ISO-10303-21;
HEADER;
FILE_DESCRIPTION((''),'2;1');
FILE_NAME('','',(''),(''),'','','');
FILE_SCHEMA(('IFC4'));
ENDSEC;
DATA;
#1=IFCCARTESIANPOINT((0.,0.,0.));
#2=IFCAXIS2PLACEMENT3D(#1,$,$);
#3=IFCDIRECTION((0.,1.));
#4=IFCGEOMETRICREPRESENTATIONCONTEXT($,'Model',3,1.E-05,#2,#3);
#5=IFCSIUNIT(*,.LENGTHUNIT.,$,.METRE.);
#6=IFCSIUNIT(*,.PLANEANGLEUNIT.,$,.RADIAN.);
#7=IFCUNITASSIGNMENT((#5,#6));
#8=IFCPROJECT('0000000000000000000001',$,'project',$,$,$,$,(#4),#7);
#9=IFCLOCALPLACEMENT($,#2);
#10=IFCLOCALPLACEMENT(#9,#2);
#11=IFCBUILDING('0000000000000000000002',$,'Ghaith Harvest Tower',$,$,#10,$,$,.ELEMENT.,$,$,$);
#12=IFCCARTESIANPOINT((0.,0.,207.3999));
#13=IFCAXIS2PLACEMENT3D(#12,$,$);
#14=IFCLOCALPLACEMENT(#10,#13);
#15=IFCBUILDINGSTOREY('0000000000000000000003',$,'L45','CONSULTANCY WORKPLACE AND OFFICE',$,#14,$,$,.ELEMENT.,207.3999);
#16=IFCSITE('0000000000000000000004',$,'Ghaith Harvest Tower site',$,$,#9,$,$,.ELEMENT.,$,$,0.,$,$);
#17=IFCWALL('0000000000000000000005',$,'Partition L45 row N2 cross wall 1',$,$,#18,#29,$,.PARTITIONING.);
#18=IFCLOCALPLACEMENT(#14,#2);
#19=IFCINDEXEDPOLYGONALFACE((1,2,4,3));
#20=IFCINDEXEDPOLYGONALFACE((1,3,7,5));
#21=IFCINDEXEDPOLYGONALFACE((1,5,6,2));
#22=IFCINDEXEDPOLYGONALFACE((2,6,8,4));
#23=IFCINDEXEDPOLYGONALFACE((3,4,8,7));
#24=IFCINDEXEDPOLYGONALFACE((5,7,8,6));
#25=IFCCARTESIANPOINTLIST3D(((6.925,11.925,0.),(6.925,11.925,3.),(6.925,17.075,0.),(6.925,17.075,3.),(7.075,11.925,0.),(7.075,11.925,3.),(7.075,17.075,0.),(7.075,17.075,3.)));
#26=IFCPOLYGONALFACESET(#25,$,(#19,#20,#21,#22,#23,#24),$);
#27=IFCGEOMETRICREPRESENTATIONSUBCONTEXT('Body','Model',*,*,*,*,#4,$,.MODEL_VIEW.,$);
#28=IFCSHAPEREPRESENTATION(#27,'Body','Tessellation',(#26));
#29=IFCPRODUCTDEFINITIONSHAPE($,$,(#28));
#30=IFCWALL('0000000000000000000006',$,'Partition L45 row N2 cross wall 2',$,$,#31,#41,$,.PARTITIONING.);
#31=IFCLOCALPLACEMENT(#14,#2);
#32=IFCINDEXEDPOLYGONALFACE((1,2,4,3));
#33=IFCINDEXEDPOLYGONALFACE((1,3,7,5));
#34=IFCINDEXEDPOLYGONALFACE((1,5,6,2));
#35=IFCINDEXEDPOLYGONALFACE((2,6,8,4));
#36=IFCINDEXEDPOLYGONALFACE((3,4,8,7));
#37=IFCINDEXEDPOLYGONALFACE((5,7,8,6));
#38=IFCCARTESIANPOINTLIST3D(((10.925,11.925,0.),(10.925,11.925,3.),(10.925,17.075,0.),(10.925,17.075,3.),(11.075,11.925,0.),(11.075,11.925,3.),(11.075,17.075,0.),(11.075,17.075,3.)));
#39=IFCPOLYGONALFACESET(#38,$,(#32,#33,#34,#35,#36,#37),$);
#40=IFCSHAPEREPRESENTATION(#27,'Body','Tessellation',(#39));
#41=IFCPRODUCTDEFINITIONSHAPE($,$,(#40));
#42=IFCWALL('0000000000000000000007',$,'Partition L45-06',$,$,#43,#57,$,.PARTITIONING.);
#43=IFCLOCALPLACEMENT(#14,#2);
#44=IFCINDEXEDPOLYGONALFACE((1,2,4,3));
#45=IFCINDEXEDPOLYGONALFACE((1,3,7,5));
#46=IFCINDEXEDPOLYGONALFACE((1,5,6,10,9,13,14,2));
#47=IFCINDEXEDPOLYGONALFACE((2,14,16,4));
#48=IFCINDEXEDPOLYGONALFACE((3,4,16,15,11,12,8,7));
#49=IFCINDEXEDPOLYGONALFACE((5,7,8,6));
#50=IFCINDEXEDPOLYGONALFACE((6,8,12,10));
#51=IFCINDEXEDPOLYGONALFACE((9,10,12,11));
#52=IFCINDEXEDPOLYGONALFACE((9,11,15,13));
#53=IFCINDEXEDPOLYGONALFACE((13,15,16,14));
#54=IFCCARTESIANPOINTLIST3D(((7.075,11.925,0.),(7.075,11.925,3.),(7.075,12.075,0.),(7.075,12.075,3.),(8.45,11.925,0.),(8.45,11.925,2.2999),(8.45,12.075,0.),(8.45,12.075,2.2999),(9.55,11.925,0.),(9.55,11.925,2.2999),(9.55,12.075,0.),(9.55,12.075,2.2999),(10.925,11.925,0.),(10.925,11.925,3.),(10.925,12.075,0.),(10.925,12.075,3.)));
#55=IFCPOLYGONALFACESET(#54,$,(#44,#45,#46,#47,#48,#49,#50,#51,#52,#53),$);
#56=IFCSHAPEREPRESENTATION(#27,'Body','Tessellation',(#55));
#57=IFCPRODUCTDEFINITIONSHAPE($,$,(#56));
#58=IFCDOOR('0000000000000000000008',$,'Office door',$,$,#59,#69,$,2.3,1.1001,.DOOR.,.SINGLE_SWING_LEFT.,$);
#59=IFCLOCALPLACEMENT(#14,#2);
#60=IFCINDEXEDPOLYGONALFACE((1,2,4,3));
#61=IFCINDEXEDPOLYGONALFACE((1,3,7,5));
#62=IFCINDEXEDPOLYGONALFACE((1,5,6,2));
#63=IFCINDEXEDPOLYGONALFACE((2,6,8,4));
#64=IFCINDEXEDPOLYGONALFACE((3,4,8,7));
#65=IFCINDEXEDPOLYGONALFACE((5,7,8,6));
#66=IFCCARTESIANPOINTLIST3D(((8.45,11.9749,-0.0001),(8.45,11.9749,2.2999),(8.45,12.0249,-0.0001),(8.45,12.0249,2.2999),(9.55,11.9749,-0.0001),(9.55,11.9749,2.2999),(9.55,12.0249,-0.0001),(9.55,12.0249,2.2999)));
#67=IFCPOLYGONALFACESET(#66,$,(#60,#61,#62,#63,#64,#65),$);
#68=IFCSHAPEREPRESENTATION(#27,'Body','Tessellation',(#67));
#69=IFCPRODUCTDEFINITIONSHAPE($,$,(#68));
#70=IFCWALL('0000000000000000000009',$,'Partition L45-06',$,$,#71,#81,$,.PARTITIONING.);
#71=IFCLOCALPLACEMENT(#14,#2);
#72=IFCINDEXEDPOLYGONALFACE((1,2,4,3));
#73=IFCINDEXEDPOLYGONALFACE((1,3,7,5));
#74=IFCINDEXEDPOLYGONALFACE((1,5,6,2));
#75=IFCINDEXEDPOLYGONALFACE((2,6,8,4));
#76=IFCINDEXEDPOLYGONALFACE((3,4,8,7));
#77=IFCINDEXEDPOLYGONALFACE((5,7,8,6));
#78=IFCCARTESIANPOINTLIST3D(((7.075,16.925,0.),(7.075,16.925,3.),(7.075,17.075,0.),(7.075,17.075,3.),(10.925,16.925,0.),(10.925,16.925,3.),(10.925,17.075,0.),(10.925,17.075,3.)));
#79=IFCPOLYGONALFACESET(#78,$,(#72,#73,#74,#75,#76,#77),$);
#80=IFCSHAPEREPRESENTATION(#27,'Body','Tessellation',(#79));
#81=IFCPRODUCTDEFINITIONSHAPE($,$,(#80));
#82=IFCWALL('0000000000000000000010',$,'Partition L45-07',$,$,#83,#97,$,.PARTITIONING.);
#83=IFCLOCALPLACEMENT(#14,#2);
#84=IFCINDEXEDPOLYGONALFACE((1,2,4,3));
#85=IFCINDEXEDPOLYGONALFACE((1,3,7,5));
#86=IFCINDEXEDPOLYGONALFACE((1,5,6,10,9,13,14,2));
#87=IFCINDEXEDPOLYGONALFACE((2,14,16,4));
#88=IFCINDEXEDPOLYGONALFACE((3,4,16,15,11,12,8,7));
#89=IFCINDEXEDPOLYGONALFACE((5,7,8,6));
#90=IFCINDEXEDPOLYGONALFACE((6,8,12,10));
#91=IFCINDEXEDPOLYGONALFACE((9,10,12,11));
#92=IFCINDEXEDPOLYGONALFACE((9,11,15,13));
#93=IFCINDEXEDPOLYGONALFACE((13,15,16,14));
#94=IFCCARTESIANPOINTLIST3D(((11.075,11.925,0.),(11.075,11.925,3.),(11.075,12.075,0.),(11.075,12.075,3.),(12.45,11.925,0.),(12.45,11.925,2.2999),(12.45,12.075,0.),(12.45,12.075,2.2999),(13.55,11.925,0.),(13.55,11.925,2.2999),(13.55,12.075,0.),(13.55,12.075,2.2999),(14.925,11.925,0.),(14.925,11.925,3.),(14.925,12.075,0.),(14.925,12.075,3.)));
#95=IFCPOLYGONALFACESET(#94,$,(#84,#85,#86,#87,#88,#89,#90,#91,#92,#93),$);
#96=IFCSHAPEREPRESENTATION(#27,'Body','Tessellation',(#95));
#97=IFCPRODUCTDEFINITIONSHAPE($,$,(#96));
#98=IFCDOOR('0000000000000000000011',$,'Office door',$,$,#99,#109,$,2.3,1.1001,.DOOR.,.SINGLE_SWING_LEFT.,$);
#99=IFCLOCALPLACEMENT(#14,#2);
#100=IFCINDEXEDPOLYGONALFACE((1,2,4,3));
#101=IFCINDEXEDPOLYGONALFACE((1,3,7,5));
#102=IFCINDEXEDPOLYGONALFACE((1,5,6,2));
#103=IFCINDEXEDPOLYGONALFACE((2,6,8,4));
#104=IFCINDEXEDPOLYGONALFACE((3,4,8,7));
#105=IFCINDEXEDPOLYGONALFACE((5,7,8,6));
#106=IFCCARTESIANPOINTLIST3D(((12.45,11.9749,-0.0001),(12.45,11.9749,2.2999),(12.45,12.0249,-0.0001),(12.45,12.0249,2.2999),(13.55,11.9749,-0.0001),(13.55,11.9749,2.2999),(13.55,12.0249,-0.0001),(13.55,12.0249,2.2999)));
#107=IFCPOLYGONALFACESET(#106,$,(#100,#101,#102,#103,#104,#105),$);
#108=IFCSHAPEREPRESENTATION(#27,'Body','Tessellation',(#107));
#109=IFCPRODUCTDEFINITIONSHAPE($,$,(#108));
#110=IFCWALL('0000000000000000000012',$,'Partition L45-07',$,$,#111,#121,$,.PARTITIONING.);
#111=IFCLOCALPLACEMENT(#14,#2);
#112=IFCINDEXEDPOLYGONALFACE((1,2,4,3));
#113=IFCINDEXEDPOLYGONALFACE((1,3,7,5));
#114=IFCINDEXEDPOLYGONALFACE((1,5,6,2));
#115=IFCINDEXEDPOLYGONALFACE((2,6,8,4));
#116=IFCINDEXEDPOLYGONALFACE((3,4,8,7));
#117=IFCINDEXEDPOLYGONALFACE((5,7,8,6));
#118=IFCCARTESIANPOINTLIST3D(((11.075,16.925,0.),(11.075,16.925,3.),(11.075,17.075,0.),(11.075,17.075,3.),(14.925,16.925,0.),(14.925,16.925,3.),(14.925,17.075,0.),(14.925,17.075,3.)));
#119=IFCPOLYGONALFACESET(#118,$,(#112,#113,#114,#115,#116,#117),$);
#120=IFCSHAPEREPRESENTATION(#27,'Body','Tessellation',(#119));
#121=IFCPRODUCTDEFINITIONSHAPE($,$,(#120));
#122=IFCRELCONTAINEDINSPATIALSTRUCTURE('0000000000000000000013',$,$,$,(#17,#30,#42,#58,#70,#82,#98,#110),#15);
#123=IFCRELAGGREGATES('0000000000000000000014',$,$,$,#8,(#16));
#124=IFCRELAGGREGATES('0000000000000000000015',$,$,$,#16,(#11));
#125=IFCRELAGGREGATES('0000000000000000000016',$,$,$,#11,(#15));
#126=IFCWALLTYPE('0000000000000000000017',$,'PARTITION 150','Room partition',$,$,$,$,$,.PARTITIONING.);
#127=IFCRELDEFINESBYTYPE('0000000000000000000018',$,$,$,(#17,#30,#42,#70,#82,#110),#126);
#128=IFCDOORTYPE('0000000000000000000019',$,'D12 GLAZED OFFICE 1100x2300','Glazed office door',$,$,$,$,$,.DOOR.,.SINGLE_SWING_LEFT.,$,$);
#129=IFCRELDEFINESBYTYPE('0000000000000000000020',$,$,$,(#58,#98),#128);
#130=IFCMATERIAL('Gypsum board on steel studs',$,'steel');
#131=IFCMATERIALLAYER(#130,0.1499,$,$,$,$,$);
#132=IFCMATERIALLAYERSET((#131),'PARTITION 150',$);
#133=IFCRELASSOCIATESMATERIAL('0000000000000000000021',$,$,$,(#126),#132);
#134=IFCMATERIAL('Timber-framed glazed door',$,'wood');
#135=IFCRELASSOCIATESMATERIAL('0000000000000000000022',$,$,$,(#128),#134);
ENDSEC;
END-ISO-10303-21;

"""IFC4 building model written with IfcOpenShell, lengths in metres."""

from ifc_helpers import new_model, si_unit, direction, frame, frame_2d, origin, place, context, subcontext, project, spatial, rectangle, extrude, material, layer, layer_set, type_object, element, fill, save


model = new_model("IFC4")

# Units and contexts
model_context = context("Model", 3, precision=1e-05, world=origin(), true_north=direction((0.0, 1.0)))
body_context = subcontext(model_context, "Body", "Model", "MODEL_VIEW")
ifc_project = project(units=[si_unit("LENGTHUNIT", "METRE"), si_unit("PLANEANGLEUNIT", "RADIAN")], contexts=[model_context])

# Site, building, storey
site_placement = place(None, origin())
site = spatial("IfcSite", under=ifc_project, at=site_placement, Name="Ghaith Harvest Tower site", CompositionType="ELEMENT", RefElevation=0.0)
building_placement = place(site_placement, origin())
building = spatial("IfcBuilding", under=site, at=building_placement, Name="Ghaith Harvest Tower", CompositionType="ELEMENT")
storey_placement = place(building_placement, frame((0.0, 0.0, 207.3999)))
storey = spatial("IfcBuildingStorey", under=building, at=storey_placement, Name="L45", Description="CONSULTANCY WORKPLACE AND OFFICE", CompositionType="ELEMENT", Elevation=207.3999)

# Shared definitions
ifc_material_1 = material(Name="Gypsum board on steel studs", Category="steel")
ifc_layer_1 = layer(ifc_material_1, 0.1499)
ifc_layer_set_1 = layer_set([ifc_layer_1], Name="PARTITION 150")
wall_type = type_object("IfcWallType", Name="PARTITION 150", Description="Room partition", PredefinedType="PARTITIONING", material=ifc_layer_set_1)

# Shared definitions
ifc_material_2 = material(Name="Timber-framed glazed door", Category="wood")
door_type = type_object("IfcDoorType", Name="D12 GLAZED OFFICE 1100x2300", Description="Glazed office door", OperationType="SINGLE_SWING_LEFT", PredefinedType="DOOR", material=ifc_material_2)

# Walls
for number, where, z_axis, x_axis, name in (
    (1, (7.0, 11.925, 0.0), (0.0, 0.0, 1.0), (0.0, 1.0, 0.0), "Partition L45 row N2 cross wall 1"),
    (2, (11.0, 11.925, 0.0), (0.0, 0.0, 1.0), (0.0, 1.0, 0.0), "Partition L45 row N2 cross wall 2"),
):
    element("IfcWall", number, at=place(storey_placement, frame(where, z_axis=z_axis, x_axis=x_axis)), inside=storey, type_object=wall_type, Name=name, PredefinedType="PARTITIONING", context=body_context, shape_type="SweptSolid", body=[
        extrude(rectangle(XDim=5.1499, YDim=0.1499, at=frame_2d((2.575, 0.0))), origin(), (0.0, 0.0, 1.0), 3.0),
    ])

# Wall, opening, door
wall_1_placement = place(storey_placement, frame((7.075, 12.0, 0.0), z_axis=(0.0, 0.0, 1.0), x_axis=(1.0, 0.0, 0.0)))
wall_1 = element("IfcWall", 3, at=wall_1_placement, inside=storey, type_object=wall_type, Name="Partition L45-06", PredefinedType="PARTITIONING", context=body_context, shape_type="SweptSolid", body=[
    extrude(rectangle(XDim=3.8501, YDim=0.1499, at=frame_2d((1.925, 0.0))), origin(), (0.0, 0.0, 1.0), 3.0),
])
opening_1_placement = place(wall_1_placement, frame((1.375, 0.0, 0.0)))
opening_1 = element("IfcOpeningElement", 4, at=opening_1_placement, cuts=wall_1, PredefinedType="OPENING", context=body_context, shape_type="SweptSolid", body=[
    extrude(rectangle(XDim=1.1001, YDim=2.3, at=frame_2d((0.55, 1.1499))), frame((0.0, 0.085, 0.0), z_axis=(0.0, -1.0, 0.0), x_axis=(1.0, 0.0, 0.0)), (0.0, 0.0, 1.0), 0.1699),
])
door_1_placement = place(opening_1_placement, origin())
door_1 = element("IfcDoor", 5, at=door_1_placement, inside=storey, type_object=door_type, Name="Office door", OperationType="SINGLE_SWING_LEFT", OverallHeight=2.3, OverallWidth=1.1001, PredefinedType="DOOR", context=body_context, shape_type="SweptSolid", body=[
    extrude(rectangle(XDim=1.1001, YDim=2.3, at=frame_2d((0.55, 1.1499))), frame((0.0, 0.0249, 0.0), z_axis=(0.0, -1.0, 0.0), x_axis=(1.0, 0.0, 0.0)), (0.0, 0.0, 1.0), 0.05),
])
fill(opening_1, door_1)

# Wall
wall_2_placement = place(storey_placement, frame((7.075, 17.0, 0.0), z_axis=(0.0, 0.0, 1.0), x_axis=(1.0, 0.0, 0.0)))
element("IfcWall", 6, at=wall_2_placement, inside=storey, type_object=wall_type, Name="Partition L45-06", PredefinedType="PARTITIONING", context=body_context, shape_type="SweptSolid", body=[
    extrude(rectangle(XDim=3.8501, YDim=0.1499, at=frame_2d((1.925, 0.0))), origin(), (0.0, 0.0, 1.0), 3.0),
])

# Wall, opening, door
wall_3_placement = place(storey_placement, frame((11.075, 12.0, 0.0), z_axis=(0.0, 0.0, 1.0), x_axis=(1.0, 0.0, 0.0)))
wall_3 = element("IfcWall", 7, at=wall_3_placement, inside=storey, type_object=wall_type, Name="Partition L45-07", PredefinedType="PARTITIONING", context=body_context, shape_type="SweptSolid", body=[
    extrude(rectangle(XDim=3.8501, YDim=0.1499, at=frame_2d((1.925, 0.0))), origin(), (0.0, 0.0, 1.0), 3.0),
])
opening_2_placement = place(wall_3_placement, frame((1.375, 0.0, 0.0)))
opening_2 = element("IfcOpeningElement", 8, at=opening_2_placement, cuts=wall_3, PredefinedType="OPENING", context=body_context, shape_type="SweptSolid", body=[
    extrude(rectangle(XDim=1.1001, YDim=2.3, at=frame_2d((0.55, 1.1499))), frame((0.0, 0.085, 0.0), z_axis=(0.0, -1.0, 0.0), x_axis=(1.0, 0.0, 0.0)), (0.0, 0.0, 1.0), 0.1699),
])
door_2_placement = place(opening_2_placement, origin())
door_2 = element("IfcDoor", 9, at=door_2_placement, inside=storey, type_object=door_type, Name="Office door", OperationType="SINGLE_SWING_LEFT", OverallHeight=2.3, OverallWidth=1.1001, PredefinedType="DOOR", context=body_context, shape_type="SweptSolid", body=[
    extrude(rectangle(XDim=1.1001, YDim=2.3, at=frame_2d((0.55, 1.1499))), frame((0.0, 0.0249, 0.0), z_axis=(0.0, -1.0, 0.0), x_axis=(1.0, 0.0, 0.0)), (0.0, 0.0, 1.0), 0.05),
])
fill(opening_2, door_2)

# Wall
wall_4_placement = place(storey_placement, frame((11.075, 17.0, 0.0), z_axis=(0.0, 0.0, 1.0), x_axis=(1.0, 0.0, 0.0)))
element("IfcWall", 10, at=wall_4_placement, inside=storey, type_object=wall_type, Name="Partition L45-07", PredefinedType="PARTITIONING", context=body_context, shape_type="SweptSolid", body=[
    extrude(rectangle(XDim=3.8501, YDim=0.1499, at=frame_2d((1.925, 0.0))), origin(), (0.0, 0.0, 1.0), 3.0),
])

save(model, "model.ifc")
